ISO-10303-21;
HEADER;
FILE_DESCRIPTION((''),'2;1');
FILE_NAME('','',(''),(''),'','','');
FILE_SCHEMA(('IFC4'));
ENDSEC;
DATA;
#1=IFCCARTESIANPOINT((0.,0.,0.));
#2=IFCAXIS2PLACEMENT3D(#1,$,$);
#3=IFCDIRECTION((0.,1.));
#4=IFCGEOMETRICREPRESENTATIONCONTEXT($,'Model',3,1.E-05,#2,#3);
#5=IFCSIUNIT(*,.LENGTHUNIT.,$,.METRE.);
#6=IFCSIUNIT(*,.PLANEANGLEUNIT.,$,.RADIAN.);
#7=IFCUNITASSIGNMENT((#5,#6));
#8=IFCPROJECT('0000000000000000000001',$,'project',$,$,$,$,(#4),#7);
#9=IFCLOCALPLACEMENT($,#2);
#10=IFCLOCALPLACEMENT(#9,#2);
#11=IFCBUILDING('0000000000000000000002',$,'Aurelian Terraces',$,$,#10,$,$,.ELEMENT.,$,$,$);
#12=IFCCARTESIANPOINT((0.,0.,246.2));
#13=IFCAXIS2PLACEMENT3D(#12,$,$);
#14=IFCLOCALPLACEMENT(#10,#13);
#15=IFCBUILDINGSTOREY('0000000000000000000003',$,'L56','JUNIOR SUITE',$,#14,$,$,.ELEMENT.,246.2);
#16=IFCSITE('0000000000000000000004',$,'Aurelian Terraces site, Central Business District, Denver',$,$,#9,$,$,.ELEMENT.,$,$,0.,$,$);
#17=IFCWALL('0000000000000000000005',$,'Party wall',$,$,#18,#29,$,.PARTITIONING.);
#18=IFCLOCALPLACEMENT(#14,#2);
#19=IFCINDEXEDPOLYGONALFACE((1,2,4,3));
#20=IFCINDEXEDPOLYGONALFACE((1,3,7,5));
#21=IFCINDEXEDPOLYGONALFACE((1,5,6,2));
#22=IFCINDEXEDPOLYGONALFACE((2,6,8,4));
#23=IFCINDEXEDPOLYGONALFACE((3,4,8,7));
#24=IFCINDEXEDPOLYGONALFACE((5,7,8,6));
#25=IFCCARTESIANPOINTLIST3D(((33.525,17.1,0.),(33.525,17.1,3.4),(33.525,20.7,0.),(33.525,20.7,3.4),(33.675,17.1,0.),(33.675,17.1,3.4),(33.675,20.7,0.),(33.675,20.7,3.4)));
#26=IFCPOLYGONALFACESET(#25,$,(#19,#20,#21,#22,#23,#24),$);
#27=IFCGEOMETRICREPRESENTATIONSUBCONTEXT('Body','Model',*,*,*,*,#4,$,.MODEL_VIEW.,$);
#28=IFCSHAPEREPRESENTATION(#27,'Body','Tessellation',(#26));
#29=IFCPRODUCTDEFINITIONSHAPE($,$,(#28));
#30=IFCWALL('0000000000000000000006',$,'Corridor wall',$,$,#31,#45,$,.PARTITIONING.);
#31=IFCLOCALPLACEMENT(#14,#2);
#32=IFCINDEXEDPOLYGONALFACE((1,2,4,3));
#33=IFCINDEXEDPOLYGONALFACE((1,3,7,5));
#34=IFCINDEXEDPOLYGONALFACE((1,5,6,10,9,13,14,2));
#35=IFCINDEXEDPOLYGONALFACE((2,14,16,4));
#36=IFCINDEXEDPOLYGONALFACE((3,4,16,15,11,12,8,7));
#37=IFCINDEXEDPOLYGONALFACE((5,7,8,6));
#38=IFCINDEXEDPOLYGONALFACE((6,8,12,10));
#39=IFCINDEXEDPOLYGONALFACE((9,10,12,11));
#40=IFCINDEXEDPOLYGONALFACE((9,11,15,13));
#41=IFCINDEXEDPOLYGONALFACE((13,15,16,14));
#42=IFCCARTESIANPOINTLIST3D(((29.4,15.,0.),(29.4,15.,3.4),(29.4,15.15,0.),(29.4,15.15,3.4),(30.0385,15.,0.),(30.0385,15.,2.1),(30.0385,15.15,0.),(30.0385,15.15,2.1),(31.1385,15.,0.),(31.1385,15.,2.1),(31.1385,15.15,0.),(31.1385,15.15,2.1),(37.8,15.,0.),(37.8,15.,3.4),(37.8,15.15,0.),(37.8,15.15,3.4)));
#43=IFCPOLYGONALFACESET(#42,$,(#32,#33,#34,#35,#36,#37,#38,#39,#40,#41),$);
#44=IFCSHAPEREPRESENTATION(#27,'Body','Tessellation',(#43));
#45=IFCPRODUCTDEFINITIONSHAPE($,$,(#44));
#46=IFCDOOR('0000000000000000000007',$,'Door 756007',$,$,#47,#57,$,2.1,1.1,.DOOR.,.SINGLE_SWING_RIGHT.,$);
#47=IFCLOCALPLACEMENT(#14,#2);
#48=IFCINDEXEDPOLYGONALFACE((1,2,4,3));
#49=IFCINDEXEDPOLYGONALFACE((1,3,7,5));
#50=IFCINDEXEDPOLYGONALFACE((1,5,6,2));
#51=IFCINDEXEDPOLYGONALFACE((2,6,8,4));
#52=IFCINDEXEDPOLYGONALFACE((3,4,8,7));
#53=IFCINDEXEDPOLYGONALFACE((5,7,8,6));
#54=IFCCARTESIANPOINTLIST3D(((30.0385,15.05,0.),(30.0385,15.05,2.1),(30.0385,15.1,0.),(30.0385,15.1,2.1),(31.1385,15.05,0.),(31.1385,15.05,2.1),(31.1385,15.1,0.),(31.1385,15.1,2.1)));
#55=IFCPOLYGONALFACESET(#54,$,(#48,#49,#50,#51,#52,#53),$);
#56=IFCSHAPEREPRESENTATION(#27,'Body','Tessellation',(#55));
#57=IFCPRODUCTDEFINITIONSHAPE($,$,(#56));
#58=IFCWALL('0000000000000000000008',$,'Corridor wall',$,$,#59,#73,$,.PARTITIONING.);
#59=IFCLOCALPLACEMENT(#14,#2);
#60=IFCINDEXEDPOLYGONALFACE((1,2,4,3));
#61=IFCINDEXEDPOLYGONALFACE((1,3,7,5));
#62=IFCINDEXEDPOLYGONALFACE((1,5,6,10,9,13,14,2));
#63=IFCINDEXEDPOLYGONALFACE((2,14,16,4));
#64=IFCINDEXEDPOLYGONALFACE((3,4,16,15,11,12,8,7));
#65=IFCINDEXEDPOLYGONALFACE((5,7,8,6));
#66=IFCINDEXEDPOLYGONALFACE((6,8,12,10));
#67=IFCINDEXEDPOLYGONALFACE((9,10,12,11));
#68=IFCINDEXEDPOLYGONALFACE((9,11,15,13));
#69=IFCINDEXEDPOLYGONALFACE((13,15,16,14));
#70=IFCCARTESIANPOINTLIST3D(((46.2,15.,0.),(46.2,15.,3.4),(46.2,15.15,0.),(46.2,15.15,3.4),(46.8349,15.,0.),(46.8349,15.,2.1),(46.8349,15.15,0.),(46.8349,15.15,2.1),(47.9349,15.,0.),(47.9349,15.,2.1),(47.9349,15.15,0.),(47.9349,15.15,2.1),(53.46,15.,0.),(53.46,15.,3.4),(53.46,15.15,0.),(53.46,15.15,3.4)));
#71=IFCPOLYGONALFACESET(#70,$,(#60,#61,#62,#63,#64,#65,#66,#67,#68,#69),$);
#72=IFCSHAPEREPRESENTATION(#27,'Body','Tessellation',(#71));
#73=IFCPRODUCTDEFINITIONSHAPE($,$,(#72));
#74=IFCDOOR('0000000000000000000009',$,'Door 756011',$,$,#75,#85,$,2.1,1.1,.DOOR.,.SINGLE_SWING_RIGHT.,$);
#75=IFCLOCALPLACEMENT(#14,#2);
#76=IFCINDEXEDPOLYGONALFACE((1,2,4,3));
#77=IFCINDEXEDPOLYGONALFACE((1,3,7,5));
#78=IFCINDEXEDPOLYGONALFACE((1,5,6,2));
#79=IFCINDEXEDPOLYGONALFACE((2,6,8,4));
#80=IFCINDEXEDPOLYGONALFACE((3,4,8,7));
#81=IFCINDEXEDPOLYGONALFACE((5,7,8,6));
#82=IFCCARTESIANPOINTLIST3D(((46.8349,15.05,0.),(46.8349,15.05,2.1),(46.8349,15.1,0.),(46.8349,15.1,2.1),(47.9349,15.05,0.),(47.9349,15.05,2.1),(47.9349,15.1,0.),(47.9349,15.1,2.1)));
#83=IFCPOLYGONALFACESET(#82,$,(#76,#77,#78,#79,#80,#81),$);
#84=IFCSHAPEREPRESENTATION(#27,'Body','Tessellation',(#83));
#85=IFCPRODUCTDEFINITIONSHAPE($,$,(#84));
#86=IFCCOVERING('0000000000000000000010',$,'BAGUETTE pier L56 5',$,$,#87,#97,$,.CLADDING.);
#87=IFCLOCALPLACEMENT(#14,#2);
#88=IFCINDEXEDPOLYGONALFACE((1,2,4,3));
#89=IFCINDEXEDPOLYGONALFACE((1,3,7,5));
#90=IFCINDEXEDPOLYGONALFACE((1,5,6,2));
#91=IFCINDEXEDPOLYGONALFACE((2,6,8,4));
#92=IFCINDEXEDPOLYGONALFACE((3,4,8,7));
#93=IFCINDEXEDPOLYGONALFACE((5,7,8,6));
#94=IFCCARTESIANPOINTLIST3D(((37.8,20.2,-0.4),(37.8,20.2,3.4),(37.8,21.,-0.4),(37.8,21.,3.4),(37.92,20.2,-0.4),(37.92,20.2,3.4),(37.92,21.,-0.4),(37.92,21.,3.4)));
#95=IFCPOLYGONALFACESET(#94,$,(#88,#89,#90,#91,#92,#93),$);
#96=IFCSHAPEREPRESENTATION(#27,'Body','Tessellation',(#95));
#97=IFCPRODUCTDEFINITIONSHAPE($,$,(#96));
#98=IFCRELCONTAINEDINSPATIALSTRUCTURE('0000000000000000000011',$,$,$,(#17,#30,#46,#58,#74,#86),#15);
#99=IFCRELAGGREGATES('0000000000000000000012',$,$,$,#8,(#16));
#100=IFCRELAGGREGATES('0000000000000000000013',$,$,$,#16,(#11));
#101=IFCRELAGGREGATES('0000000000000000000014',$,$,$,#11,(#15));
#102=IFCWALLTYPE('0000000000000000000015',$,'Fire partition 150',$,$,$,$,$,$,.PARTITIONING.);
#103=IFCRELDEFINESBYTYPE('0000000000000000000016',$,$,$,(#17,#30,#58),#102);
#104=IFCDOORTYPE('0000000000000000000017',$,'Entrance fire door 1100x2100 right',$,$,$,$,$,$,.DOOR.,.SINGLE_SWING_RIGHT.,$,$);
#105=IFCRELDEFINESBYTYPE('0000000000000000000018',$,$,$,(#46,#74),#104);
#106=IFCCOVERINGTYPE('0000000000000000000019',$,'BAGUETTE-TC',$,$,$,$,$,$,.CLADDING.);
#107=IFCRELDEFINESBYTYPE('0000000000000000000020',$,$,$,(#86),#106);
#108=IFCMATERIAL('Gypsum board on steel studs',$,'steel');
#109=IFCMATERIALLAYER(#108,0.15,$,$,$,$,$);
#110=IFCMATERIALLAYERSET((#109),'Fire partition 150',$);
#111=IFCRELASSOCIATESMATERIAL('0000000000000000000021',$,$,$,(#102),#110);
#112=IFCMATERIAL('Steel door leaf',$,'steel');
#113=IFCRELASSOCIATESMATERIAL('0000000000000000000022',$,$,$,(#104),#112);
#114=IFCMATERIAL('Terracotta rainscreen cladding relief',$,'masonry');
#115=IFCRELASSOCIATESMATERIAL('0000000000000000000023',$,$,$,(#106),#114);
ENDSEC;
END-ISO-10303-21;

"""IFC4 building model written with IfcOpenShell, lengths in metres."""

from ifc_helpers import new_model, si_unit, direction, frame, frame_2d, origin, origin_2d, place, context, subcontext, project, spatial, rectangle, extrude, source, transform, mapped, material, layer, layer_set, type_object, element, fill, save


model = new_model("IFC4")

# Units and contexts
model_context = context("Model", 3, precision=1e-05, world=origin(), true_north=direction((0.0, 1.0)))
body_context = subcontext(model_context, "Body", "Model", "MODEL_VIEW")
ifc_project = project(units=[si_unit("LENGTHUNIT", "METRE"), si_unit("PLANEANGLEUNIT", "RADIAN")], contexts=[model_context])

# Site, building, storey
site_placement = place(None, origin())
site = spatial("IfcSite", under=ifc_project, at=site_placement, Name="Aurelian Terraces site, Central Business District, Denver", CompositionType="ELEMENT", RefElevation=0.0)
building_placement = place(site_placement, origin())
building = spatial("IfcBuilding", under=site, at=building_placement, Name="Aurelian Terraces", CompositionType="ELEMENT")
storey_placement = place(building_placement, frame((0.0, 0.0, 246.2)))
storey = spatial("IfcBuildingStorey", under=building, at=storey_placement, Name="L56", Description="JUNIOR SUITE", CompositionType="ELEMENT", Elevation=246.2)

# Shared definitions
ifc_material_1 = material(Name="Gypsum board on steel studs", Category="steel")
ifc_layer_1 = layer(ifc_material_1, 0.15)
ifc_layer_set_1 = layer_set([ifc_layer_1], Name="Fire partition 150")
wall_type_1 = type_object("IfcWallType", Name="Fire partition 150", PredefinedType="PARTITIONING", material=ifc_layer_set_1)

# Wall
shared_shape_1 = source(origin(), body_context, "Body", "SweptSolid", [
    extrude(rectangle(XDim=3.6, YDim=0.15, at=frame_2d((1.8, 0.0))), origin(), (0.0, 0.0, 1.0), 3.4),
])
wall_1_placement = place(storey_placement, frame((33.6, 17.1, 0.0), z_axis=(0.0, 0.0, 1.0), x_axis=(0.0, 1.0, 0.0)))
element("IfcWall", 1, at=wall_1_placement, inside=storey, type_object=wall_type_1, Name="Party wall", PredefinedType="PARTITIONING", context=body_context, shape_type="MappedRepresentation", body=[
    mapped(shared_shape_1, transform((0.0, 0.0, 0.0), scale=1.0)),
])

# Walls, openings, doors
shared_shape_2 = source(origin(), body_context, "Body", "SweptSolid", [
    extrude(rectangle(XDim=8.4, YDim=0.15, at=frame_2d((4.2, 0.0))), origin(), (0.0, 0.0, 1.0), 3.4),
])
wall_2_placement = place(storey_placement, frame((37.8, 15.075, 0.0), z_axis=(0.0, 0.0, 1.0), x_axis=(-1.0, 0.0, 0.0)))
wall_2 = element("IfcWall", 2, at=wall_2_placement, inside=storey, type_object=wall_type_1, Name="Corridor wall", PredefinedType="PARTITIONING", context=body_context, shape_type="MappedRepresentation", body=[
    mapped(shared_shape_2, transform((0.0, 0.0, 0.0), scale=1.0)),
])
shared_shape_3 = source(origin(), body_context, "Body", "SweptSolid", [
    extrude(rectangle(XDim=1.1, YDim=2.1, at=frame_2d((0.55, 1.05))), frame((0.0, 0.085, 0.0), z_axis=(0.0, -1.0, 0.0), x_axis=(1.0, 0.0, 0.0)), (0.0, 0.0, 1.0), 0.17),
])
opening_1_placement = place(wall_2_placement, frame((6.6615, 0.0, 0.0)))
opening_1 = element("IfcOpeningElement", 3, at=opening_1_placement, cuts=wall_2, PredefinedType="OPENING", context=body_context, shape_type="MappedRepresentation", body=[
    mapped(shared_shape_3, transform((0.0, 0.0, 0.0), scale=1.0)),
])
ifc_material_2 = material(Name="Steel door leaf", Category="steel")
door_type_1 = type_object("IfcDoorType", Name="Entrance fire door 1100x2100 right", OperationType="SINGLE_SWING_RIGHT", PredefinedType="DOOR", material=ifc_material_2)
shared_shape_4 = source(origin(), body_context, "Body", "SweptSolid", [
    extrude(rectangle(XDim=1.1, YDim=2.1, at=frame_2d((0.55, 1.05))), frame((0.0, 0.025, 0.0), z_axis=(0.0, -1.0, 0.0), x_axis=(1.0, 0.0, 0.0)), (0.0, 0.0, 1.0), 0.05),
])
door_1_placement = place(opening_1_placement, origin())
door_1 = element("IfcDoor", 4, at=door_1_placement, inside=storey, type_object=door_type_1, Name="Door 756007", OperationType="SINGLE_SWING_RIGHT", OverallHeight=2.1, OverallWidth=1.1, PredefinedType="DOOR", context=body_context, shape_type="MappedRepresentation", body=[
    mapped(shared_shape_4, transform((0.0, 0.0, 0.0), scale=1.0)),
])
fill(opening_1, door_1)
shared_shape_5 = source(origin(), body_context, "Body", "SweptSolid", [
    extrude(rectangle(XDim=7.26, YDim=0.15, at=frame_2d((3.63, 0.0))), origin(), (0.0, 0.0, 1.0), 3.4),
])
wall_3_placement = place(storey_placement, frame((53.46, 15.075, 0.0), z_axis=(0.0, 0.0, 1.0), x_axis=(-1.0, 0.0, 0.0)))
wall_3 = element("IfcWall", 5, at=wall_3_placement, inside=storey, type_object=wall_type_1, Name="Corridor wall", PredefinedType="PARTITIONING", context=body_context, shape_type="MappedRepresentation", body=[
    mapped(shared_shape_5, transform((0.0, 0.0, 0.0), scale=1.0)),
])
opening_2_placement = place(wall_3_placement, frame((5.5251, 0.0, 0.0)))
opening_2 = element("IfcOpeningElement", 6, at=opening_2_placement, cuts=wall_3, PredefinedType="OPENING", context=body_context, shape_type="MappedRepresentation", body=[
    mapped(shared_shape_3, transform((0.0, 0.0, 0.0), scale=1.0)),
])
door_2_placement = place(opening_2_placement, origin())
door_2 = element("IfcDoor", 7, at=door_2_placement, inside=storey, type_object=door_type_1, Name="Door 756011", OperationType="SINGLE_SWING_RIGHT", OverallHeight=2.1, OverallWidth=1.1, PredefinedType="DOOR", context=body_context, shape_type="MappedRepresentation", body=[
    mapped(shared_shape_4, transform((0.0, 0.0, 0.0), scale=1.0)),
])
fill(opening_2, door_2)

# Covering
ifc_material_3 = material(Name="Terracotta rainscreen cladding relief", Category="masonry")
covering_type = type_object("IfcCoveringType", Name="BAGUETTE-TC", PredefinedType="CLADDING", material=ifc_material_3)
shared_shape_6 = source(origin(), body_context, "Body", "SweptSolid", [
    extrude(rectangle(XDim=0.12, YDim=0.8, at=origin_2d()), origin(), (0.0, 0.0, 1.0), 3.8),
])
covering_placement = place(storey_placement, frame((37.86, 20.6, -0.4), z_axis=(0.0, 0.0, 1.0), x_axis=(1.0, 0.0, 0.0)))
element("IfcCovering", 8, at=covering_placement, inside=storey, type_object=covering_type, Name="BAGUETTE pier L56 5", PredefinedType="CLADDING", context=body_context, shape_type="MappedRepresentation", body=[
    mapped(shared_shape_6, transform((0.0, 0.0, 0.0), scale=1.0)),
])

save(model, "model.ifc")
